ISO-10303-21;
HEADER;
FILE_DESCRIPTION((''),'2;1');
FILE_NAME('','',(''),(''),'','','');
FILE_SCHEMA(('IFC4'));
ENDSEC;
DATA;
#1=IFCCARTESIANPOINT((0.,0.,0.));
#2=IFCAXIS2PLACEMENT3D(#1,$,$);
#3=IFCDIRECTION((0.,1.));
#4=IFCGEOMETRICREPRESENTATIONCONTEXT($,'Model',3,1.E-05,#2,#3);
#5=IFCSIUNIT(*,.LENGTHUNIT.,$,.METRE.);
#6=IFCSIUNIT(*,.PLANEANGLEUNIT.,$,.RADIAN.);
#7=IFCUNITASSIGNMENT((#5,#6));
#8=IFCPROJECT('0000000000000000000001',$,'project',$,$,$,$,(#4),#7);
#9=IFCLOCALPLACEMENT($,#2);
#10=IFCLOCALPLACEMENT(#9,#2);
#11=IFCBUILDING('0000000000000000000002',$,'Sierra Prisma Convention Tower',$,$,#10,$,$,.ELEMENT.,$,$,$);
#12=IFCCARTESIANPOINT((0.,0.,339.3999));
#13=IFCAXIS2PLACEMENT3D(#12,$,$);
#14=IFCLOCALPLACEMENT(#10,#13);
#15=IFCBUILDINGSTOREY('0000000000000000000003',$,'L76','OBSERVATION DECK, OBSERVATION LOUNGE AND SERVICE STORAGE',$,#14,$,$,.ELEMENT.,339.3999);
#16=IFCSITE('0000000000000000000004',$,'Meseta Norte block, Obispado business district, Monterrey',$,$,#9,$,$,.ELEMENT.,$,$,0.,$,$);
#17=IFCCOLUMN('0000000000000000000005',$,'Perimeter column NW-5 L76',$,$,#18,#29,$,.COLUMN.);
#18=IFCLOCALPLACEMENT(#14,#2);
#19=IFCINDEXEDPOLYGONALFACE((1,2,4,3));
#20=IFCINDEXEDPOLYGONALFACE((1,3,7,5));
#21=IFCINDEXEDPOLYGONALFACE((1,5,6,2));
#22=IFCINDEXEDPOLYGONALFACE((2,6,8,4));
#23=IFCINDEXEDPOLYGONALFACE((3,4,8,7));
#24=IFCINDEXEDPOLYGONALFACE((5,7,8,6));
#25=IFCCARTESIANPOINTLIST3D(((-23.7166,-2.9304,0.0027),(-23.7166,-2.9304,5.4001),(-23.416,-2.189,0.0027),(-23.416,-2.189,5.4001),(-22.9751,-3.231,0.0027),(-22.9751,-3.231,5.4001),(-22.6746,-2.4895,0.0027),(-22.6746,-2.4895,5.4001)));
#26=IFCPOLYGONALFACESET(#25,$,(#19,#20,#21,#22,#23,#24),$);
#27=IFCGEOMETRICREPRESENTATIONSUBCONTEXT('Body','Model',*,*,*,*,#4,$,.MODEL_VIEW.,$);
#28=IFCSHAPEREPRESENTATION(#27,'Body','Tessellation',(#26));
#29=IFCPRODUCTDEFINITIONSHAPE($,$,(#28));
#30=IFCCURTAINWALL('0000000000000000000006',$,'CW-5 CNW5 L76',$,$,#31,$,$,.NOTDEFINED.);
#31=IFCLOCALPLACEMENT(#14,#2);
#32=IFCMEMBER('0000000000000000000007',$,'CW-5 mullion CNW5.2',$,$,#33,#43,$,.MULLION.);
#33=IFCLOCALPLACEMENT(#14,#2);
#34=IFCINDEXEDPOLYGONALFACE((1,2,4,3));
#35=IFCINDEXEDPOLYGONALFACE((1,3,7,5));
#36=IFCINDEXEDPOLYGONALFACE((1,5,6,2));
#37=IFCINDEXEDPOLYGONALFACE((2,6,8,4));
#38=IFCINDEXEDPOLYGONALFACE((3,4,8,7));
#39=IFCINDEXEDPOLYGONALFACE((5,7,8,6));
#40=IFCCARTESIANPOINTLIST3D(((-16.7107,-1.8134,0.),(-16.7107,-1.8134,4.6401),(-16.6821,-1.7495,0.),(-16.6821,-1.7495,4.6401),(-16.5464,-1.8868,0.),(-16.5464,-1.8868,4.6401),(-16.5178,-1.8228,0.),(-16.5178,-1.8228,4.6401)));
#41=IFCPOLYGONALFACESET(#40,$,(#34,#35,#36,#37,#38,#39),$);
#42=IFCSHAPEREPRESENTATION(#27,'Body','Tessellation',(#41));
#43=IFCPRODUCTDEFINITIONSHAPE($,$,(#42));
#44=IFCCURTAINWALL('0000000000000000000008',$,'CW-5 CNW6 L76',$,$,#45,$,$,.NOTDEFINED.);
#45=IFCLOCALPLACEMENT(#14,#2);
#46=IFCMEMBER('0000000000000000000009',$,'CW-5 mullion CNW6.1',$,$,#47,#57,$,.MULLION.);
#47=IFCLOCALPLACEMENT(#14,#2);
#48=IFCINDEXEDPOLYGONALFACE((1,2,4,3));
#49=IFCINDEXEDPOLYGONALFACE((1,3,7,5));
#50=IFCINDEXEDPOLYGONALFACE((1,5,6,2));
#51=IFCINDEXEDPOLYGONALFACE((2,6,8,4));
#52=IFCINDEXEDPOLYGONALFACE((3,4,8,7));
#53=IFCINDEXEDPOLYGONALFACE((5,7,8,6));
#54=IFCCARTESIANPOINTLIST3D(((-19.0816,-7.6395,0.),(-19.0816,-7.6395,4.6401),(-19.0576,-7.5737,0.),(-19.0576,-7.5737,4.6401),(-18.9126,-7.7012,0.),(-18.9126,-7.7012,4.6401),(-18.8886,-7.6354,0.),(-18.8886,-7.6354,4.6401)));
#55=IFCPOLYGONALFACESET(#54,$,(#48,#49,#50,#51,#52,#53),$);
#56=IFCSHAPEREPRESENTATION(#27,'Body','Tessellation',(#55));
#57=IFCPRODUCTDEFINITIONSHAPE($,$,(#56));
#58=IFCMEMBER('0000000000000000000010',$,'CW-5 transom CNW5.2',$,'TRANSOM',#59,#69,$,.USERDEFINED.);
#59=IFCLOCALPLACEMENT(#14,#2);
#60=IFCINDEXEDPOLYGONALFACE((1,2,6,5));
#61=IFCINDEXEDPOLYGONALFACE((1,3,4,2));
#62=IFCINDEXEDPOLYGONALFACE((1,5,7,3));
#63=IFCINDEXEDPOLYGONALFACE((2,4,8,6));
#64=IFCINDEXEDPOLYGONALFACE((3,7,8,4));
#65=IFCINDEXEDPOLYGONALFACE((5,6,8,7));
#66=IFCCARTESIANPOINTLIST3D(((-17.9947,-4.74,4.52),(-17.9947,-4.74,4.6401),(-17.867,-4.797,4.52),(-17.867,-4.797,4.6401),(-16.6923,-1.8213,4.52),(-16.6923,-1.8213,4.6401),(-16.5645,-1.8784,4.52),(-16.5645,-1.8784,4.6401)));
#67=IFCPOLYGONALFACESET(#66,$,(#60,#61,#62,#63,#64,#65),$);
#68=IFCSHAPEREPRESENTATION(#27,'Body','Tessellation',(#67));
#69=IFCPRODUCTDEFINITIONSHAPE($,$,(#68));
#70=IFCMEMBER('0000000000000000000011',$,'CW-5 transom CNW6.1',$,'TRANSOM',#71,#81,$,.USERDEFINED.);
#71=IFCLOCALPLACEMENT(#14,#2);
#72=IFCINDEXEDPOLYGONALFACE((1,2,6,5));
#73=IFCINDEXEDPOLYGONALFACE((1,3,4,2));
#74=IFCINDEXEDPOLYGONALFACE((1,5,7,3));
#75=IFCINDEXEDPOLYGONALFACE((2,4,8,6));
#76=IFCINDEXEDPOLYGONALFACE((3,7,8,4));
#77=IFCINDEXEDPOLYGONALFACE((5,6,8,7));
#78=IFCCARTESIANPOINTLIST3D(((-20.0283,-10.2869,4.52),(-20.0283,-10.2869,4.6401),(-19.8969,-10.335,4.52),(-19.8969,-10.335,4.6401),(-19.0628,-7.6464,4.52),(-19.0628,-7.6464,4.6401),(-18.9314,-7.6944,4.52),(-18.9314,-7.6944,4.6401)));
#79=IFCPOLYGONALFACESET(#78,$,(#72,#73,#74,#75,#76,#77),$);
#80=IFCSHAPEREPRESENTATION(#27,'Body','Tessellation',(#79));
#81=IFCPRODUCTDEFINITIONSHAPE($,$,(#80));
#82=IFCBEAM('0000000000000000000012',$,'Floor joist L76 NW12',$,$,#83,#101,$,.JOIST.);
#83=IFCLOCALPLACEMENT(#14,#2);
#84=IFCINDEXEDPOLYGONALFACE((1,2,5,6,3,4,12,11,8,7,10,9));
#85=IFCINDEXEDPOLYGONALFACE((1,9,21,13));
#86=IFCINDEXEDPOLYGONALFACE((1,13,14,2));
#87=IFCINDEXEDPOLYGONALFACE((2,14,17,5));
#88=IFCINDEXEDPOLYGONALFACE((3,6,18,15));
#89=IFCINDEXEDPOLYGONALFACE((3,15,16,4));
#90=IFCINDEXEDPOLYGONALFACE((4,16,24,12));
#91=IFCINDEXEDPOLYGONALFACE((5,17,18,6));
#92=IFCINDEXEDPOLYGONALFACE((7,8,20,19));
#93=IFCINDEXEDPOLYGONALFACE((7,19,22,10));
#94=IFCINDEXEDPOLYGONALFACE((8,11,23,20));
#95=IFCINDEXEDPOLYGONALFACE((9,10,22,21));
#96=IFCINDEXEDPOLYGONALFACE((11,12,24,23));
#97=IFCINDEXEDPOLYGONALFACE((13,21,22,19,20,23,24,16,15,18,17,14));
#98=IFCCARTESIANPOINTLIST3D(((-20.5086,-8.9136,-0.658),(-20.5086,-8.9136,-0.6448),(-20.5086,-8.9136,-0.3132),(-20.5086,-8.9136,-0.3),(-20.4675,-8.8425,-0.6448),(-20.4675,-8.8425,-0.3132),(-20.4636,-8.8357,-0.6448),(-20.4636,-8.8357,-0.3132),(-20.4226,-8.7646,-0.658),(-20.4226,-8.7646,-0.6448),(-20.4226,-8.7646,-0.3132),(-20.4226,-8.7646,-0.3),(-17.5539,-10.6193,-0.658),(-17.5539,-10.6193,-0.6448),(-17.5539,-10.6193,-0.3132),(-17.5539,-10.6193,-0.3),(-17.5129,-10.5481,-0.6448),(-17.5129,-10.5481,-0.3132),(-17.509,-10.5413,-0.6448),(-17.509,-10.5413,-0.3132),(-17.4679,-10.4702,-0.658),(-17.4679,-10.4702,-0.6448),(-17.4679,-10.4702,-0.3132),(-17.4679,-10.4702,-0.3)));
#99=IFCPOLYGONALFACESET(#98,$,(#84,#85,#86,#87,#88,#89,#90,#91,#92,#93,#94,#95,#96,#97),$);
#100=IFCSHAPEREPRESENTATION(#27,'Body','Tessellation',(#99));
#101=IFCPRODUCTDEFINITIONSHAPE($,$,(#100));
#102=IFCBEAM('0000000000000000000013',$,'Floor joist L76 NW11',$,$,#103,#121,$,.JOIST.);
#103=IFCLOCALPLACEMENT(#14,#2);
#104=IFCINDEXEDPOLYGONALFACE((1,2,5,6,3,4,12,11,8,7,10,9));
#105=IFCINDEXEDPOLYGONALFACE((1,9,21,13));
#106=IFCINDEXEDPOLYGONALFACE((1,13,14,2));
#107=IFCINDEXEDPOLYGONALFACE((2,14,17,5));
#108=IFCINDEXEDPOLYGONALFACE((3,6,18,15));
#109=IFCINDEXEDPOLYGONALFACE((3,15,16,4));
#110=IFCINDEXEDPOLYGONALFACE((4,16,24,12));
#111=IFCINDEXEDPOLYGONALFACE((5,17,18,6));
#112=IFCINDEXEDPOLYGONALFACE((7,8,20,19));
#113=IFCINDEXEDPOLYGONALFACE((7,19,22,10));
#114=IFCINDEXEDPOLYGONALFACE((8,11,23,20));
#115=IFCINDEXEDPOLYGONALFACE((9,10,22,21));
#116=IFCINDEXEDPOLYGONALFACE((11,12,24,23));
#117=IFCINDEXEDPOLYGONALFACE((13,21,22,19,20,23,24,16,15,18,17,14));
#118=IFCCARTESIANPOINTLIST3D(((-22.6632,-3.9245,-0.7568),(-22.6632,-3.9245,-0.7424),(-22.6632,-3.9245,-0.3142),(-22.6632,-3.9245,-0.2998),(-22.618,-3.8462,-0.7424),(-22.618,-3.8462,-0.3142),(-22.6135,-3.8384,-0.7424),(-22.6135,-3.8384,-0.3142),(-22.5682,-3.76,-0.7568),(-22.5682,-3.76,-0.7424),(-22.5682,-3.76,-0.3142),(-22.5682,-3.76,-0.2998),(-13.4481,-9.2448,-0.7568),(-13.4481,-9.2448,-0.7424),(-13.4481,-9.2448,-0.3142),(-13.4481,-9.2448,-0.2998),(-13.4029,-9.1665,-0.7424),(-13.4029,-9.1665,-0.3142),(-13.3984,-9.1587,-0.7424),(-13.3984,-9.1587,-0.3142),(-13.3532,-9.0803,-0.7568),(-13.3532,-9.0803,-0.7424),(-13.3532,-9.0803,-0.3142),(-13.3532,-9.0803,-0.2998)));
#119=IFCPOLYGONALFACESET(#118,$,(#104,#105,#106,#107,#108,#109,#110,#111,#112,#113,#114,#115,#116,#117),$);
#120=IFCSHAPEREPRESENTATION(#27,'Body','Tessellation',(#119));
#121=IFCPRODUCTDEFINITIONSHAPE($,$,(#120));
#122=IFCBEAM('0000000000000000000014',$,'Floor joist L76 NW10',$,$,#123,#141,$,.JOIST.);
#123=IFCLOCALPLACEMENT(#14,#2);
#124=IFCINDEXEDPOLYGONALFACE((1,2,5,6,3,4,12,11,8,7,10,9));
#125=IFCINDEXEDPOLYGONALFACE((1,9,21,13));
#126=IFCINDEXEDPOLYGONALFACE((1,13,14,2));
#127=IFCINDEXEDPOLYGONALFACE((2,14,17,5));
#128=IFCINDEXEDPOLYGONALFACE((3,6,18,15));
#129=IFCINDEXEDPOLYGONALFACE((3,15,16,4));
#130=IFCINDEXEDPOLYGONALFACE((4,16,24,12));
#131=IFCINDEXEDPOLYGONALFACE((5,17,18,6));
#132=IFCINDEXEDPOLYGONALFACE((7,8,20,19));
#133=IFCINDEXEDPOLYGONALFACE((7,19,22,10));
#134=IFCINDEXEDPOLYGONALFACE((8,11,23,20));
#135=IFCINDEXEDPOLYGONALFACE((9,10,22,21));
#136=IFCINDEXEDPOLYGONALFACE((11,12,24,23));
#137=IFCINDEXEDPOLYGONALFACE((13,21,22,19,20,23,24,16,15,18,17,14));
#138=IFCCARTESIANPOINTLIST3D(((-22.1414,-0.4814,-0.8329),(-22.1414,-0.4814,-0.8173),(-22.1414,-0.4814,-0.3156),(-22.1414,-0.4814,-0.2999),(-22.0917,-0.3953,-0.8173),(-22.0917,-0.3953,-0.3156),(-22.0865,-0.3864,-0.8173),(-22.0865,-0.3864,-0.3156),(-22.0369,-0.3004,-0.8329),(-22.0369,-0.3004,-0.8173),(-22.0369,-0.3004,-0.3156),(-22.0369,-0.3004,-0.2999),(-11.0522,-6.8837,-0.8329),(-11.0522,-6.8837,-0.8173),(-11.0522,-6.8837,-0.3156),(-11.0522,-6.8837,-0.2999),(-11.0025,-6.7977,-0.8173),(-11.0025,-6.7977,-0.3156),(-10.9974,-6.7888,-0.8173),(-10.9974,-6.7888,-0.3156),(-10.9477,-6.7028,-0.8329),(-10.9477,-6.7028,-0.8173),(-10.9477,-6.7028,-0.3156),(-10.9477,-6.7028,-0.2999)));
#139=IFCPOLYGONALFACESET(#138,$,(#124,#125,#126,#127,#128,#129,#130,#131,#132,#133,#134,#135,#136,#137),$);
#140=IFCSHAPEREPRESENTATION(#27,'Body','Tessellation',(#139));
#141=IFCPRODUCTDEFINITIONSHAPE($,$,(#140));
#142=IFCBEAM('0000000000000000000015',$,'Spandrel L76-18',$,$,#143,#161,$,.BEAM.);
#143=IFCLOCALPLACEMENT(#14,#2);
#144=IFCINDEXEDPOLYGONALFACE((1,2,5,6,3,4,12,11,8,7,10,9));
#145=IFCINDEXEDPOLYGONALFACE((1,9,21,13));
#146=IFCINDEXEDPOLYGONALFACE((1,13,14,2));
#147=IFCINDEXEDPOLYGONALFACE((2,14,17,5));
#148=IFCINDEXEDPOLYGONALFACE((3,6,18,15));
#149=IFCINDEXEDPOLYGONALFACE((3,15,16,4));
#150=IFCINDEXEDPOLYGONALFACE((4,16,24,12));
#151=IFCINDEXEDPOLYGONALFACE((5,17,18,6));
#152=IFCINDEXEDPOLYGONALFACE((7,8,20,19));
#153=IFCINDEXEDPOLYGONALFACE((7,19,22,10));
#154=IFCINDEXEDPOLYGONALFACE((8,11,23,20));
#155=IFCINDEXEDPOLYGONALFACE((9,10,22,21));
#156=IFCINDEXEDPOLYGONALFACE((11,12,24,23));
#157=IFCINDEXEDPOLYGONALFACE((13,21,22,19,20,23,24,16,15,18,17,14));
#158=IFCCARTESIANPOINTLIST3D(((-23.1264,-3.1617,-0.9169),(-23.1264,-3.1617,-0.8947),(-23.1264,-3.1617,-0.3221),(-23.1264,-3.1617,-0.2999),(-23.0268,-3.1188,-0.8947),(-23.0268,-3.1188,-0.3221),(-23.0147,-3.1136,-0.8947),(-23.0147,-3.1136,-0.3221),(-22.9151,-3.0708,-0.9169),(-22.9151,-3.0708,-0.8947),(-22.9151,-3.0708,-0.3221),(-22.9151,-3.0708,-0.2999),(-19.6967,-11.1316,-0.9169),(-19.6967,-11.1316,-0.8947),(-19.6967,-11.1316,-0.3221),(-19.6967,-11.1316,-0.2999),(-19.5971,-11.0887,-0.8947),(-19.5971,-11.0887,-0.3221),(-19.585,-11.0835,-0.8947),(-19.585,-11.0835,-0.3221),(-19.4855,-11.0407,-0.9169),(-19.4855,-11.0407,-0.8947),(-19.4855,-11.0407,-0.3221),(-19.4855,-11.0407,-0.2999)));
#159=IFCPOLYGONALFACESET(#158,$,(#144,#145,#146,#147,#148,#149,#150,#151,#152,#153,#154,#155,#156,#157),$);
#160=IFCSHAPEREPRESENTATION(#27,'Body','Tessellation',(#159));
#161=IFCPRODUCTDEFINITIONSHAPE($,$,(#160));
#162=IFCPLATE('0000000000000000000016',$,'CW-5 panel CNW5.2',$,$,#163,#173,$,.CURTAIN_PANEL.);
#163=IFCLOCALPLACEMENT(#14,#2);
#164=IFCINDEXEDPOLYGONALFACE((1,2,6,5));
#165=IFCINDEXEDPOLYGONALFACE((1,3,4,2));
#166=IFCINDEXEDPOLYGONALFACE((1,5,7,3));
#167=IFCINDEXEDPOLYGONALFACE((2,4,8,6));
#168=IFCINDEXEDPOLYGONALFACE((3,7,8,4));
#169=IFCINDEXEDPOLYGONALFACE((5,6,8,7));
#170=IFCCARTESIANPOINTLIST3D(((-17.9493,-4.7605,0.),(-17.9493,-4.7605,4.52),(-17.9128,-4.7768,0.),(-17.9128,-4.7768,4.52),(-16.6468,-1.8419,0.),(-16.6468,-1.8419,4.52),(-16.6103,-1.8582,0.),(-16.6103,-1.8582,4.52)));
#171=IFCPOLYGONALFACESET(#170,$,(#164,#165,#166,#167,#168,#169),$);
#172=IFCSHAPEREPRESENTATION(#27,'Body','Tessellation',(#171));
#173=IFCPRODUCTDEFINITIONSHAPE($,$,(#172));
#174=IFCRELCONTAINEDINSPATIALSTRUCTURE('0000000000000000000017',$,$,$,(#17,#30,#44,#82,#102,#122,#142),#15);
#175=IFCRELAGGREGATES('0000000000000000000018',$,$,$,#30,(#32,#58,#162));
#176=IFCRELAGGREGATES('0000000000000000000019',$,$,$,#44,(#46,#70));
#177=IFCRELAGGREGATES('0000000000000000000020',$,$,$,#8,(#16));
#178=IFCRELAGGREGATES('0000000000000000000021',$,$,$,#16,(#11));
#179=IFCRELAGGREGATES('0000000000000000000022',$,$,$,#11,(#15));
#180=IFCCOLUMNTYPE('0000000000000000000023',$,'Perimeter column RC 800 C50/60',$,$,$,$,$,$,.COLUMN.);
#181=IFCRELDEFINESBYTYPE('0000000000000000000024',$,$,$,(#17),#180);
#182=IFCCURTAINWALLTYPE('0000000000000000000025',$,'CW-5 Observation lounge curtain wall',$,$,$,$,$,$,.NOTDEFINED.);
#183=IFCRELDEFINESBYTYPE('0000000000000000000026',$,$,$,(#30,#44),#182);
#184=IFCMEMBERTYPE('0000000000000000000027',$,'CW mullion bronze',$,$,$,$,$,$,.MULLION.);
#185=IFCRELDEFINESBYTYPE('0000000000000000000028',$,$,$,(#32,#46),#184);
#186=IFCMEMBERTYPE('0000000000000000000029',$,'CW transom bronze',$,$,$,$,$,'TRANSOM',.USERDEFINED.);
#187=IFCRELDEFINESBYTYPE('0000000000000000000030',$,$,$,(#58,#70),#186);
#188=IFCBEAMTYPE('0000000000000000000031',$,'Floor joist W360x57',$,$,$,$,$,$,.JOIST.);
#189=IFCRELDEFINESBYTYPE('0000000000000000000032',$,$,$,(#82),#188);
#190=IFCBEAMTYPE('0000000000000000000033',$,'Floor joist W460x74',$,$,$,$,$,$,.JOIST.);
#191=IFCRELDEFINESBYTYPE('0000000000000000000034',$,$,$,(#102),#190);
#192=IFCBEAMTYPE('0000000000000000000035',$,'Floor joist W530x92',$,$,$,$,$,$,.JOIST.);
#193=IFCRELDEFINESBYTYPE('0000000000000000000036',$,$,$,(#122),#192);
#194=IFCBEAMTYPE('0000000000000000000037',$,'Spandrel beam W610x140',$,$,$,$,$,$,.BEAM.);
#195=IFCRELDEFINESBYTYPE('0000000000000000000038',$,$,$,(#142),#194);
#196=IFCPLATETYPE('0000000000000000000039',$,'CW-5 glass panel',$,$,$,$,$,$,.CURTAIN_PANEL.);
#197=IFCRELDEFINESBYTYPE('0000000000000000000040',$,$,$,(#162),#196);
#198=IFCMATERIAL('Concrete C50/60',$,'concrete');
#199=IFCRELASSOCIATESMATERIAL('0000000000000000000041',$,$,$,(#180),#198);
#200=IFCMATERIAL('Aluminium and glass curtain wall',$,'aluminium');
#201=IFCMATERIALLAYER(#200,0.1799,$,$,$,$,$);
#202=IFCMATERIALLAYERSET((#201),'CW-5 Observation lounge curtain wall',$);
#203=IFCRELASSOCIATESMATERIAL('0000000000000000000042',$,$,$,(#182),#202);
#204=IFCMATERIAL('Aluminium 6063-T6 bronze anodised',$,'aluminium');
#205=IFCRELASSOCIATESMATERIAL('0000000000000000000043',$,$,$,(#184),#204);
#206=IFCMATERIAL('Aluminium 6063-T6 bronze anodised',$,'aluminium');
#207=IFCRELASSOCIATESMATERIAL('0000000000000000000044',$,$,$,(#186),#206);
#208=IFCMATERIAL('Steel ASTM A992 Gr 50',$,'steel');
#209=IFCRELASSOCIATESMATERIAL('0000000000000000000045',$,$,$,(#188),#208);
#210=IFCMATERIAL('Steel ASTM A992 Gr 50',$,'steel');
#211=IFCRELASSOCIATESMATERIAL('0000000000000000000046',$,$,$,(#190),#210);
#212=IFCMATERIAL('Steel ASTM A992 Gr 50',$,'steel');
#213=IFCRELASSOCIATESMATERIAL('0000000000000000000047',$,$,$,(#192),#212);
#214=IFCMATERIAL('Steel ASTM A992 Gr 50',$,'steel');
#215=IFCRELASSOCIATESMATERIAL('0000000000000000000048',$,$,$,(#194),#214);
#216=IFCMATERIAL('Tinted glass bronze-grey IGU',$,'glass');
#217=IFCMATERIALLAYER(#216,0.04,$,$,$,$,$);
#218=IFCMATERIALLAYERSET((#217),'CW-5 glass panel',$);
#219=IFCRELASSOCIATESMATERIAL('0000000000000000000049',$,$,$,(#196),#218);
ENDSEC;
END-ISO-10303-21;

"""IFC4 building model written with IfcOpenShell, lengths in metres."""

from ifc_helpers import new_model, si_unit, direction, frame, origin, origin_2d, place, context, subcontext, project, spatial, rectangle, i_section, extrude, clip, halfspace, material, layer, layer_set, material_profile, profile_set, type_object, element, aggregate, save


model = new_model("IFC4")

# Units and contexts
model_context = context("Model", 3, precision=1e-05, world=origin(), true_north=direction((0.0, 1.0)))
body_context = subcontext(model_context, "Body", "Model", "MODEL_VIEW")
ifc_project = project(units=[si_unit("LENGTHUNIT", "METRE"), si_unit("PLANEANGLEUNIT", "RADIAN")], contexts=[model_context])

# Site, building, storey
site_placement = place(None, origin())
site = spatial("IfcSite", under=ifc_project, at=site_placement, Name="Meseta Norte block, Obispado business district, Monterrey", CompositionType="ELEMENT", RefElevation=0.0)
building_placement = place(site_placement, origin())
building = spatial("IfcBuilding", under=site, at=building_placement, Name="Sierra Prisma Convention Tower", CompositionType="ELEMENT")
storey_placement = place(building_placement, frame((0.0, 0.0, 339.3999)))
storey = spatial("IfcBuildingStorey", under=building, at=storey_placement, Name="L76", Description="OBSERVATION DECK, OBSERVATION LOUNGE AND SERVICE STORAGE", CompositionType="ELEMENT", Elevation=339.3999)

# Column
ifc_material_1 = material(Name="Concrete C50/60", Category="concrete")
ifc_material_profile_1 = material_profile(ifc_material_1, rectangle(XDim=0.8, YDim=0.8, at=origin_2d()), Name="Perimeter column RC 800 C50/60")
ifc_profile_set_1 = profile_set([ifc_material_profile_1], Name="Concrete C50/60")
column_type = type_object("IfcColumnType", Name="Perimeter column RC 800 C50/60", PredefinedType="COLUMN", material=ifc_profile_set_1)
column_placement = place(storey_placement, frame((-23.1956, -2.71, 0.0), z_axis=(0.0, 0.0, 1.0), x_axis=(0.375686, 0.926747, 0.0)))
element("IfcColumn", 1, at=column_placement, inside=storey, type_object=column_type, Name="Perimeter column NW-5 L76", PredefinedType="COLUMN", context=body_context, shape_type="SweptSolid", body=[
    clip(extrude(rectangle(XDim=0.8, YDim=0.8, at=origin_2d()), origin(), (0.0, 0.0, 1.0), 5.4001), halfspace(frame((0.0, 0.0, 0.0027)), True)),
])

# Curtain walls, members
ifc_material_2 = material(Name="Aluminium and glass curtain wall", Category="aluminium")
ifc_layer_1 = layer(ifc_material_2, 0.1799)
ifc_layer_set_1 = layer_set([ifc_layer_1], Name="CW-5 Observation lounge curtain wall")
curtain_wall_type = type_object("IfcCurtainWallType", Name="CW-5 Observation lounge curtain wall", PredefinedType="NOTDEFINED", material=ifc_layer_set_1)
curtain_wall_1_placement = place(storey_placement, origin())
curtain_wall_1 = element("IfcCurtainWall", 2, at=curtain_wall_1_placement, inside=storey, type_object=curtain_wall_type, Name="CW-5 CNW5 L76", PredefinedType="NOTDEFINED")
ifc_material_3 = material(Name="Aluminium 6063-T6 bronze anodised", Category="aluminium")
ifc_material_profile_2 = material_profile(ifc_material_3, rectangle(XDim=0.1799, YDim=0.0701, at=origin_2d()), Name="ALU MULLION 70x180")
ifc_profile_set_2 = profile_set([ifc_material_profile_2], Name="Aluminium 6063-T6 bronze anodised")
member_type_1 = type_object("IfcMemberType", Name="CW mullion bronze", PredefinedType="MULLION", material=ifc_profile_set_2)
member_1_placement = place(storey_placement, frame((-16.6143, -1.8181, 0.0), z_axis=(0.0, 0.0, 1.0), x_axis=(0.91319, -0.407534, 0.0)))
member_1 = element("IfcMember", 3, at=member_1_placement, type_object=member_type_1, Name="CW-5 mullion CNW5.2", PredefinedType="MULLION", context=body_context, shape_type="SweptSolid", body=[
    extrude(rectangle(XDim=0.1799, YDim=0.0701, at=origin_2d()), origin(), (0.0, 0.0, 1.0), 4.6401),
])
curtain_wall_2_placement = place(storey_placement, origin())
curtain_wall_2 = element("IfcCurtainWall", 4, at=curtain_wall_2_placement, inside=storey, type_object=curtain_wall_type, Name="CW-5 CNW6 L76", PredefinedType="NOTDEFINED")
member_2_placement = place(storey_placement, frame((-18.9851, -7.6375, 0.0), z_axis=(0.0, 0.0, 1.0), x_axis=(0.939194, -0.343388, 0.0)))
member_2 = element("IfcMember", 5, at=member_2_placement, type_object=member_type_1, Name="CW-5 mullion CNW6.1", PredefinedType="MULLION", context=body_context, shape_type="SweptSolid", body=[
    extrude(rectangle(XDim=0.1799, YDim=0.0701, at=origin_2d()), origin(), (0.0, 0.0, 1.0), 4.6401),
])

# Members
ifc_material_4 = material(Name="Aluminium 6063-T6 bronze anodised", Category="aluminium")
ifc_material_profile_3 = material_profile(ifc_material_4, rectangle(XDim=0.1399, YDim=0.1201, at=origin_2d()), Name="ALU TRANSOM 120x140")
ifc_profile_set_3 = profile_set([ifc_material_profile_3], Name="Aluminium 6063-T6 bronze anodised")
member_type_2 = type_object("IfcMemberType", Name="CW transom bronze", ElementType="TRANSOM", PredefinedType="USERDEFINED", material=ifc_profile_set_3)
member_3_placement = place(storey_placement, frame((-16.6284, -1.8499, 4.5801), z_axis=(-0.40752, -0.913196, 0.0), x_axis=(0.913196, -0.40752, 0.0)))
member_3 = element("IfcMember", 6, at=member_3_placement, type_object=member_type_2, Name="CW-5 transom CNW5.2", ObjectType="TRANSOM", PredefinedType="USERDEFINED", context=body_context, shape_type="SweptSolid", body=[
    extrude(rectangle(XDim=0.1399, YDim=0.1201, at=origin_2d()), origin(), (0.0, 0.0, 1.0), 3.196),
])
member_4_placement = place(storey_placement, frame((-18.9971, -7.6704, 4.5801), z_axis=(-0.343423, -0.939181, 0.0), x_axis=(0.939181, -0.343423, 0.0)))
member_4 = element("IfcMember", 7, at=member_4_placement, type_object=member_type_2, Name="CW-5 transom CNW6.1", ObjectType="TRANSOM", PredefinedType="USERDEFINED", context=body_context, shape_type="SweptSolid", body=[
    extrude(rectangle(XDim=0.1399, YDim=0.1201, at=origin_2d()), origin(), (0.0, 0.0, 1.0), 2.8115),
])

# Beams
ifc_material_5 = material(Name="Steel ASTM A992 Gr 50", Category="steel")
ifc_material_profile_4 = material_profile(ifc_material_5, i_section(OverallWidth=0.1721, OverallDepth=0.3579, WebThickness=0.0078, FlangeThickness=0.0132, at=origin_2d()), Name="W360x57")
ifc_profile_set_4 = profile_set([ifc_material_profile_4], Name="Steel ASTM A992 Gr 50")
beam_type_1 = type_object("IfcBeamType", Name="Floor joist W360x57", PredefinedType="JOIST", material=ifc_profile_set_4)
beam_1_placement = place(storey_placement, frame((-20.4656, -8.8391, -0.479), z_axis=(0.866059, -0.499941, 0.0), x_axis=(0.499941, 0.866059, 0.0)))
element("IfcBeam", 8, at=beam_1_placement, inside=storey, type_object=beam_type_1, Name="Floor joist L76 NW12", PredefinedType="JOIST", context=body_context, shape_type="SweptSolid", body=[
    extrude(i_section(OverallWidth=0.1721, OverallDepth=0.3579, WebThickness=0.0078, FlangeThickness=0.0132, at=origin_2d()), origin(), (0.0, 0.0, 1.0), 3.4116),
])
ifc_material_6 = material(Name="Steel ASTM A992 Gr 50", Category="steel")
ifc_material_profile_5 = material_profile(ifc_material_6, i_section(OverallWidth=0.1899, OverallDepth=0.457, WebThickness=0.009, FlangeThickness=0.0144, at=origin_2d()), Name="W460x74")
ifc_profile_set_5 = profile_set([ifc_material_profile_5], Name="Steel ASTM A992 Gr 50")
beam_type_2 = type_object("IfcBeamType", Name="Floor joist W460x74", PredefinedType="JOIST", material=ifc_profile_set_5)
beam_2_placement = place(storey_placement, frame((-22.6157, -3.8423, -0.5283), z_axis=(0.866026, -0.499999, 0.0), x_axis=(0.499999, 0.866026, 0.0)))
element("IfcBeam", 9, at=beam_2_placement, inside=storey, type_object=beam_type_2, Name="Floor joist L76 NW11", PredefinedType="JOIST", context=body_context, shape_type="SweptSolid", body=[
    extrude(i_section(OverallWidth=0.1899, OverallDepth=0.457, WebThickness=0.009, FlangeThickness=0.0144, at=origin_2d()), origin(), (0.0, 0.0, 1.0), 10.6406),
])
ifc_material_7 = material(Name="Steel ASTM A992 Gr 50", Category="steel")
ifc_material_profile_6 = material_profile(ifc_material_7, i_section(OverallWidth=0.209, OverallDepth=0.533, WebThickness=0.0103, FlangeThickness=0.0156, at=origin_2d()), Name="W530x92")
ifc_profile_set_6 = profile_set([ifc_material_profile_6], Name="Steel ASTM A992 Gr 50")
beam_type_3 = type_object("IfcBeamType", Name="Floor joist W530x92", PredefinedType="JOIST", material=ifc_profile_set_6)
beam_3_placement = place(storey_placement, frame((-22.0891, -0.3909, -0.5664), z_axis=(0.866024, -0.500002, 0.0), x_axis=(0.500002, 0.866024, 0.0)))
element("IfcBeam", 10, at=beam_3_placement, inside=storey, type_object=beam_type_3, Name="Floor joist L76 NW10", PredefinedType="JOIST", context=body_context, shape_type="SweptSolid", body=[
    extrude(i_section(OverallWidth=0.209, OverallDepth=0.533, WebThickness=0.0103, FlangeThickness=0.0156, at=origin_2d()), origin(), (0.0, 0.0, 1.0), 12.8047),
])
ifc_material_8 = material(Name="Steel ASTM A992 Gr 50", Category="steel")
ifc_material_profile_7 = material_profile(ifc_material_8, i_section(OverallWidth=0.23, OverallDepth=0.6169, WebThickness=0.0132, FlangeThickness=0.0222, at=origin_2d()), Name="W610x140")
ifc_profile_set_7 = profile_set([ifc_material_profile_7], Name="Steel ASTM A992 Gr 50")
beam_type_4 = type_object("IfcBeamType", Name="Spandrel beam W610x140", PredefinedType="BEAM", material=ifc_profile_set_7)
beam_4_placement = place(storey_placement, frame((-23.0208, -3.1162, -0.6084), z_axis=(0.395281, -0.91856, 0.0), x_axis=(0.91856, 0.395281, 0.0)))
element("IfcBeam", 11, at=beam_4_placement, inside=storey, type_object=beam_type_4, Name="Spandrel L76-18", PredefinedType="BEAM", context=body_context, shape_type="SweptSolid", body=[
    extrude(i_section(OverallWidth=0.23, OverallDepth=0.6169, WebThickness=0.0132, FlangeThickness=0.0222, at=origin_2d()), origin(), (0.0, 0.0, 1.0), 8.6765),
])

# Plate
ifc_material_9 = material(Name="Tinted glass bronze-grey IGU", Category="glass")
ifc_layer_2 = layer(ifc_material_9, 0.04)
ifc_layer_set_2 = layer_set([ifc_layer_2], Name="CW-5 glass panel")
plate_type = type_object("IfcPlateType", Name="CW-5 glass panel", PredefinedType="CURTAIN_PANEL", material=ifc_layer_set_2)
plate_1_placement = place(storey_placement, frame((-17.2798, -3.3093, 0.0), z_axis=(0.0, 0.0, 1.0), x_axis=(-0.407534, -0.91319, 0.0)))
plate_1 = element("IfcPlate", 12, at=plate_1_placement, type_object=plate_type, Name="CW-5 panel CNW5.2", PredefinedType="CURTAIN_PANEL", context=body_context, shape_type="SweptSolid", body=[
    extrude(rectangle(XDim=3.196, YDim=0.04, at=origin_2d()), origin(), (0.0, 0.0, 1.0), 4.52),
])
aggregate(curtain_wall_1, [member_1, member_3, plate_1])
aggregate(curtain_wall_2, [member_2, member_4])

save(model, "model.ifc")
